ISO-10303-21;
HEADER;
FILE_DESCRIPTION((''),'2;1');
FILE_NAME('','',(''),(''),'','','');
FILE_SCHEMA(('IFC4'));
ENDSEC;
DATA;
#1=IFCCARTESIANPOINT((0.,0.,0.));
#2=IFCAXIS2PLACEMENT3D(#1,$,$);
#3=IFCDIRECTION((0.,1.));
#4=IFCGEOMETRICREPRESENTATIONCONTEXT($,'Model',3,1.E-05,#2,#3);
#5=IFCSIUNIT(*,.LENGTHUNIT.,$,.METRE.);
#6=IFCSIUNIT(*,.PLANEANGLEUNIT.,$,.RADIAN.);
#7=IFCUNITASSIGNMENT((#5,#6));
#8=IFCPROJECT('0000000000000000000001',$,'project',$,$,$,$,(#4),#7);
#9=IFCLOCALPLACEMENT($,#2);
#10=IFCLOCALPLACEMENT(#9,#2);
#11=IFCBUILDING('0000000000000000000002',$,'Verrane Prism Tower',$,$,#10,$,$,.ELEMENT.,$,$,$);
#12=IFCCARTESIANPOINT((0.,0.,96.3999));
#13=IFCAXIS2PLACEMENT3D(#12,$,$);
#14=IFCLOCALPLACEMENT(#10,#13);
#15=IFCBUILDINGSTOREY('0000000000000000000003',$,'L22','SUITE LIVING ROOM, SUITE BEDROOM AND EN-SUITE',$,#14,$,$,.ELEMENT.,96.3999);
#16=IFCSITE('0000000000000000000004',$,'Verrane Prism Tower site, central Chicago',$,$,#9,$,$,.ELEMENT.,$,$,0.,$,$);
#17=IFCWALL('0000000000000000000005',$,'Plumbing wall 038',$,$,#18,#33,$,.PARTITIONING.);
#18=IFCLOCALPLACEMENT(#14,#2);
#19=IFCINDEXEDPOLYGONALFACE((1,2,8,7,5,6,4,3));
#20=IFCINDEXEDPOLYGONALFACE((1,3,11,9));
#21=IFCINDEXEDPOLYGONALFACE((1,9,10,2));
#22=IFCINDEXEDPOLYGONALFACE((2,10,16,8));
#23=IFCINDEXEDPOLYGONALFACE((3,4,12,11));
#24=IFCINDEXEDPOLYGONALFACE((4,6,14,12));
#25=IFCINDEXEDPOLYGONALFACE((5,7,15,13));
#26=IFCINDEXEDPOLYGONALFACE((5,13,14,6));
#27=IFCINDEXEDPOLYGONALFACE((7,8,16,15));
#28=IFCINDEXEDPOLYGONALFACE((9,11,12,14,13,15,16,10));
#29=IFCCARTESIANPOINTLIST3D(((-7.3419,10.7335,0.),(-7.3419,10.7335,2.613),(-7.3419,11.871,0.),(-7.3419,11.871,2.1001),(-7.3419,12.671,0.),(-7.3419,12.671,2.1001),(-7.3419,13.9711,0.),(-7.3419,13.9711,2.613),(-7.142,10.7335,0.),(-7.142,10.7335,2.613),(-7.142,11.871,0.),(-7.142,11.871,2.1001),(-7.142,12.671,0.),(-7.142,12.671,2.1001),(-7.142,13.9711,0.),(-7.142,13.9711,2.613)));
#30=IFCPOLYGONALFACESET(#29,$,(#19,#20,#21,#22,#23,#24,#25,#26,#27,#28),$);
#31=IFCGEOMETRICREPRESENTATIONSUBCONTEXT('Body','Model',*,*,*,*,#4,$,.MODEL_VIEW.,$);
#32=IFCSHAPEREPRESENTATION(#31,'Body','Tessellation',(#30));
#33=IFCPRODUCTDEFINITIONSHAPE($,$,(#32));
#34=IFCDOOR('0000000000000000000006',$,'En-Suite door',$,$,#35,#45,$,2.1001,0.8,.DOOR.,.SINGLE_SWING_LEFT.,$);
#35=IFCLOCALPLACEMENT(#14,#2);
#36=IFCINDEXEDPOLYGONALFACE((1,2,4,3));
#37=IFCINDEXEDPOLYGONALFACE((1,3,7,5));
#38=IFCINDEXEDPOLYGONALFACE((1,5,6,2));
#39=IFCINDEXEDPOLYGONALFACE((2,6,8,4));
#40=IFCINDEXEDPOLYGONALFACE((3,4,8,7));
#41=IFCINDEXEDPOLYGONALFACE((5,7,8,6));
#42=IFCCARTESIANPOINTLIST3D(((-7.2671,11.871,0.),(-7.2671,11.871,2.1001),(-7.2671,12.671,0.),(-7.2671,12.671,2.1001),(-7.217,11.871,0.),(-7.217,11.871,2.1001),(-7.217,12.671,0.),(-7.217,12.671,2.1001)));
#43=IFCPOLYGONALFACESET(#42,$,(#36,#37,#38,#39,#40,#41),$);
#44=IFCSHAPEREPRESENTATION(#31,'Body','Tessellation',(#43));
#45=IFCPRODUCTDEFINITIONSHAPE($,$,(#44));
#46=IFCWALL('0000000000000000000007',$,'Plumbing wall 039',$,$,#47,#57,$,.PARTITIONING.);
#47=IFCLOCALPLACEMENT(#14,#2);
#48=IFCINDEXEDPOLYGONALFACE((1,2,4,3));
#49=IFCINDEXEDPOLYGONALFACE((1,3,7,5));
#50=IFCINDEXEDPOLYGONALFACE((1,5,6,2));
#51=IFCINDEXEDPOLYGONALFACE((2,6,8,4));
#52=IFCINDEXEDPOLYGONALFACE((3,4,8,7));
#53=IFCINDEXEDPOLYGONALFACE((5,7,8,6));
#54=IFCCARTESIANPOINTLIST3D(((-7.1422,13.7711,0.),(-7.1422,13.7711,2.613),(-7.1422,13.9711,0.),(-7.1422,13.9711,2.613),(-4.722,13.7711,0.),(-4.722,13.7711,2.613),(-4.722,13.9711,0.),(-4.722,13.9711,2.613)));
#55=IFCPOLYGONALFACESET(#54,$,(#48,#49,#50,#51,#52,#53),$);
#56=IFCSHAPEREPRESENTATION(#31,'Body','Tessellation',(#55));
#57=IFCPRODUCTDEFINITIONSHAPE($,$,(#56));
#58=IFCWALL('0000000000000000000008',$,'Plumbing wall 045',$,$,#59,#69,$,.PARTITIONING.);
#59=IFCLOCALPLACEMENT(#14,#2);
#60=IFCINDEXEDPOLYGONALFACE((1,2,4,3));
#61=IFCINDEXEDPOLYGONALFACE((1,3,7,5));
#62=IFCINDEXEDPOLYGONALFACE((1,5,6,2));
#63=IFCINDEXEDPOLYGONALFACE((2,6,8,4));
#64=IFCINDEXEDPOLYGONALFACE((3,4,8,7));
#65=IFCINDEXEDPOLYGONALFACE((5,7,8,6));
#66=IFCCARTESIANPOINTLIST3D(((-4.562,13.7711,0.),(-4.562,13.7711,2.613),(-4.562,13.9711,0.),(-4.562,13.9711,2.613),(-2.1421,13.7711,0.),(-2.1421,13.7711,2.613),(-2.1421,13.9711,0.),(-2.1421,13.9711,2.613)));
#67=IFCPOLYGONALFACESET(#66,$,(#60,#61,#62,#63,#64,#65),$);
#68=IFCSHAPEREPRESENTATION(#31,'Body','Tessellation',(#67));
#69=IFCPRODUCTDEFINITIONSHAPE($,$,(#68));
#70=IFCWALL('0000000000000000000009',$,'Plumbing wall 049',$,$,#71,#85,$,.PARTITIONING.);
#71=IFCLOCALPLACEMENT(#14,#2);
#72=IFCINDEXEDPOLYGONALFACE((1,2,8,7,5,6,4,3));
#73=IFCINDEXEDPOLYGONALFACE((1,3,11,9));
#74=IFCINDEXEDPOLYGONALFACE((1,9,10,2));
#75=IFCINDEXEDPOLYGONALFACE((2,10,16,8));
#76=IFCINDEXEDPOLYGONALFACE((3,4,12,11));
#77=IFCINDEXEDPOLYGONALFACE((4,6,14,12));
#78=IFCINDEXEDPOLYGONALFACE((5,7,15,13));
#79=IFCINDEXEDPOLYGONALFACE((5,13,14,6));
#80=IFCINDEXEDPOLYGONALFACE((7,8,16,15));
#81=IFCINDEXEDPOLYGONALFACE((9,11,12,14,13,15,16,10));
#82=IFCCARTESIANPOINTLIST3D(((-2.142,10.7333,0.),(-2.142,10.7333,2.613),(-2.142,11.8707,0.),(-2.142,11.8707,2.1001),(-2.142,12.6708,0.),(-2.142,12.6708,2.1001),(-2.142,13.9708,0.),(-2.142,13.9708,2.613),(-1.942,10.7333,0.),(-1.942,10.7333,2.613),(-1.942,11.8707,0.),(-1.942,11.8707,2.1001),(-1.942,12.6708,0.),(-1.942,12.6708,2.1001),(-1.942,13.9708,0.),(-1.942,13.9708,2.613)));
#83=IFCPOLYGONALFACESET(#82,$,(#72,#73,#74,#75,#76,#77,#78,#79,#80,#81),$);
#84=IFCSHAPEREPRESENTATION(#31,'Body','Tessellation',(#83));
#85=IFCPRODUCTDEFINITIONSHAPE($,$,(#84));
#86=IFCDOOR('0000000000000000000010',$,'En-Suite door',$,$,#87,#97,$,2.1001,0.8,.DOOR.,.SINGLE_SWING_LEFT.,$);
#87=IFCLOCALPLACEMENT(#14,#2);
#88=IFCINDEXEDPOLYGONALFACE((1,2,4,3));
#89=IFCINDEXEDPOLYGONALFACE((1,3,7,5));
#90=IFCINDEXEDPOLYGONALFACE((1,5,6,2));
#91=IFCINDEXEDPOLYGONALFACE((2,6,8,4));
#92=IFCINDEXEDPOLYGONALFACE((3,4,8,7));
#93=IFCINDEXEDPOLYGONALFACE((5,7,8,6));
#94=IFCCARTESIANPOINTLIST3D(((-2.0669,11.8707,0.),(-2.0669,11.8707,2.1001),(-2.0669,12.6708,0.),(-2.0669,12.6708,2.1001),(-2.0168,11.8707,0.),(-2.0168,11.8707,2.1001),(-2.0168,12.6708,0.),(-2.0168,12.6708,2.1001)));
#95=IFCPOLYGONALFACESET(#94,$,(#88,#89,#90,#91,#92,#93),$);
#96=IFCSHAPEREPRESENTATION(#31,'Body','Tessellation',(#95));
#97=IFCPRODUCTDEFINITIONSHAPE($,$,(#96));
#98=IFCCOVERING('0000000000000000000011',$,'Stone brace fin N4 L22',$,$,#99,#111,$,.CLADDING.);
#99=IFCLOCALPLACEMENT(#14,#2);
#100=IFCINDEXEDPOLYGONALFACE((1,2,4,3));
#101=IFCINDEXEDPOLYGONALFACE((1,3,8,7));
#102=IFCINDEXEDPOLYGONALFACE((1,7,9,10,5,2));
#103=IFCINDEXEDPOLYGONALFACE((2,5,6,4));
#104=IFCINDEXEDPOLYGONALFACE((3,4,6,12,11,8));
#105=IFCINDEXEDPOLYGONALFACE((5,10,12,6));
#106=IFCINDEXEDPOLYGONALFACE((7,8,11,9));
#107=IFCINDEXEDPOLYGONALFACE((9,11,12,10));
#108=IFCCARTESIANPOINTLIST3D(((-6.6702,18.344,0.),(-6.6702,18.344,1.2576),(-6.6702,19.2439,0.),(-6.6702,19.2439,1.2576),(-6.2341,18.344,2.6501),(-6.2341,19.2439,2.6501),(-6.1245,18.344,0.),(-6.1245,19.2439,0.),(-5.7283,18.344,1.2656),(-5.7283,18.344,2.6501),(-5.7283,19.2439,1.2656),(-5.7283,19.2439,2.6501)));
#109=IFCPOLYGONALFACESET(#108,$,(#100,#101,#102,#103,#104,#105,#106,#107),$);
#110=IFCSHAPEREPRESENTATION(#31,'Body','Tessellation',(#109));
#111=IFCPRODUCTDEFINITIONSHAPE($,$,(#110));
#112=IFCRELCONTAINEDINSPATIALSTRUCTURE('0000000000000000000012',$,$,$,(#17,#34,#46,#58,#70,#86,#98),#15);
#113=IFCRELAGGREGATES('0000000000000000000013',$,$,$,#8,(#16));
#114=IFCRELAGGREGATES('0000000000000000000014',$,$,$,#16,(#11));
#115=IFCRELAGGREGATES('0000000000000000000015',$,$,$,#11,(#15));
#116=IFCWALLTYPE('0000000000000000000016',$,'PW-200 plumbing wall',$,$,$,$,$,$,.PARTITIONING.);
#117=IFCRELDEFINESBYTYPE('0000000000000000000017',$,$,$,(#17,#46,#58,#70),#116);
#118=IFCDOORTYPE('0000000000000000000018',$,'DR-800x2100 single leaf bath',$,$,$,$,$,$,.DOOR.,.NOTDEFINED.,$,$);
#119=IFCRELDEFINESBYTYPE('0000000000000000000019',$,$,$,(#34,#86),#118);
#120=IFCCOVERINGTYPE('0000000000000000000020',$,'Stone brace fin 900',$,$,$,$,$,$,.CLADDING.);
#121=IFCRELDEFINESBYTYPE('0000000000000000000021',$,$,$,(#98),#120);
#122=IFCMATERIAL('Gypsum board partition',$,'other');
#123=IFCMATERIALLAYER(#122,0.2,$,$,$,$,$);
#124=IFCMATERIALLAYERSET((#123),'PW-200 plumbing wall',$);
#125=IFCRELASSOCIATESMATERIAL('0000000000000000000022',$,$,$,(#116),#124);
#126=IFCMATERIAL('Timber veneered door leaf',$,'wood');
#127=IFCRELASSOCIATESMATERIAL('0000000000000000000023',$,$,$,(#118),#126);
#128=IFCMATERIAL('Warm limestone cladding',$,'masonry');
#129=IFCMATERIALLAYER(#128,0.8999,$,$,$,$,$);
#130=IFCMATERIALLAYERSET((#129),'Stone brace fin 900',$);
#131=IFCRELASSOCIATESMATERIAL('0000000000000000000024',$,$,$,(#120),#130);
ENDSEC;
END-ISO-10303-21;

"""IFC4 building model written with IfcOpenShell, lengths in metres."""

from ifc_helpers import new_model, si_unit, direction, frame, frame_2d, origin, place, context, subcontext, project, spatial, polyline, rectangle, outline, extrude, material, layer, layer_set, type_object, element, fill, save


model = new_model("IFC4")

# Units and contexts
model_context = context("Model", 3, precision=1e-05, world=origin(), true_north=direction((0.0, 1.0)))
body_context = subcontext(model_context, "Body", "Model", "MODEL_VIEW")
ifc_project = project(units=[si_unit("LENGTHUNIT", "METRE"), si_unit("PLANEANGLEUNIT", "RADIAN")], contexts=[model_context])

# Site, building, storey
site_placement = place(None, origin())
site = spatial("IfcSite", under=ifc_project, at=site_placement, Name="Verrane Prism Tower site, central Chicago", CompositionType="ELEMENT", RefElevation=0.0)
building_placement = place(site_placement, origin())
building = spatial("IfcBuilding", under=site, at=building_placement, Name="Verrane Prism Tower", CompositionType="ELEMENT")
storey_placement = place(building_placement, frame((0.0, 0.0, 96.3999)))
storey = spatial("IfcBuildingStorey", under=building, at=storey_placement, Name="L22", Description="SUITE LIVING ROOM, SUITE BEDROOM AND EN-SUITE", CompositionType="ELEMENT", Elevation=96.3999)

# Wall, opening, door
ifc_material_1 = material(Name="Gypsum board partition", Category="other")
ifc_layer_1 = layer(ifc_material_1, 0.2)
ifc_layer_set_1 = layer_set([ifc_layer_1], Name="PW-200 plumbing wall")
wall_type_1 = type_object("IfcWallType", Name="PW-200 plumbing wall", PredefinedType="PARTITIONING", material=ifc_layer_set_1)
wall_1_placement = place(storey_placement, frame((-7.2419, 13.9709, 0.0), z_axis=(0.0, 0.0, 1.0), x_axis=(0.0, -1.0, 0.0)))
wall_1 = element("IfcWall", 1, at=wall_1_placement, inside=storey, type_object=wall_type_1, Name="Plumbing wall 038", PredefinedType="PARTITIONING", context=body_context, shape_type="SweptSolid", body=[
    extrude(rectangle(XDim=3.2375, YDim=0.2, at=frame_2d((1.6187, 0.0))), origin(), (0.0, 0.0, 1.0), 2.613),
])
opening_1_placement = place(wall_1_placement, frame((1.3, 0.0, 0.0)))
opening_1 = element("IfcOpeningElement", 2, at=opening_1_placement, cuts=wall_1, PredefinedType="OPENING", context=body_context, shape_type="SweptSolid", body=[
    extrude(rectangle(XDim=0.8, YDim=2.1001, at=frame_2d((0.3999, 1.05))), frame((0.0, 0.1099, 0.0), z_axis=(0.0, -1.0, 0.0), x_axis=(1.0, 0.0, 0.0)), (0.0, 0.0, 1.0), 0.22),
])
ifc_material_2 = material(Name="Timber veneered door leaf", Category="wood")
door_type_1 = type_object("IfcDoorType", Name="DR-800x2100 single leaf bath", OperationType="NOTDEFINED", PredefinedType="DOOR", material=ifc_material_2)
door_1_placement = place(opening_1_placement, origin())
door_1 = element("IfcDoor", 3, at=door_1_placement, inside=storey, type_object=door_type_1, Name="En-Suite door", OperationType="SINGLE_SWING_LEFT", OverallHeight=2.1001, OverallWidth=0.8, PredefinedType="DOOR", context=body_context, shape_type="SweptSolid", body=[
    extrude(rectangle(XDim=0.8, YDim=2.1001, at=frame_2d((0.3999, 1.05))), frame((0.0, 0.0249, 0.0), z_axis=(0.0, -1.0, 0.0), x_axis=(1.0, 0.0, 0.0)), (0.0, 0.0, 1.0), 0.05),
])
fill(opening_1, door_1)

# Walls
wall_2_placement = place(storey_placement, frame((-7.1421, 13.8711, 0.0), z_axis=(0.0, 0.0, 1.0), x_axis=(1.0, 0.0, 0.0)))
element("IfcWall", 4, at=wall_2_placement, inside=storey, type_object=wall_type_1, Name="Plumbing wall 039", PredefinedType="PARTITIONING", context=body_context, shape_type="SweptSolid", body=[
    extrude(rectangle(XDim=2.4202, YDim=0.2, at=frame_2d((1.21, 0.0))), origin(), (0.0, 0.0, 1.0), 2.613),
])
wall_3_placement = place(storey_placement, frame((-4.562, 13.8711, 0.0), z_axis=(0.0, 0.0, 1.0), x_axis=(1.0, 0.0, 0.0)))
element("IfcWall", 5, at=wall_3_placement, inside=storey, type_object=wall_type_1, Name="Plumbing wall 045", PredefinedType="PARTITIONING", context=body_context, shape_type="SweptSolid", body=[
    extrude(rectangle(XDim=2.4199, YDim=0.2, at=frame_2d((1.21, 0.0))), origin(), (0.0, 0.0, 1.0), 2.613),
])

# Wall, opening, door
wall_4_placement = place(storey_placement, frame((-2.042, 10.7334, 0.0), z_axis=(0.0, 0.0, 1.0), x_axis=(0.0, 1.0, 0.0)))
wall_4 = element("IfcWall", 6, at=wall_4_placement, inside=storey, type_object=wall_type_1, Name="Plumbing wall 049", PredefinedType="PARTITIONING", context=body_context, shape_type="SweptSolid", body=[
    extrude(rectangle(XDim=3.2375, YDim=0.2, at=frame_2d((1.6187, 0.0))), origin(), (0.0, 0.0, 1.0), 2.613),
])
opening_2_placement = place(wall_4_placement, frame((1.1375, 0.0, 0.0)))
opening_2 = element("IfcOpeningElement", 7, at=opening_2_placement, cuts=wall_4, PredefinedType="OPENING", context=body_context, shape_type="SweptSolid", body=[
    extrude(rectangle(XDim=0.8, YDim=2.1001, at=frame_2d((0.3999, 1.05))), frame((0.0, 0.1099, 0.0), z_axis=(0.0, -1.0, 0.0), x_axis=(1.0, 0.0, 0.0)), (0.0, 0.0, 1.0), 0.22),
])
door_2_placement = place(opening_2_placement, origin())
door_2 = element("IfcDoor", 8, at=door_2_placement, inside=storey, type_object=door_type_1, Name="En-Suite door", OperationType="SINGLE_SWING_LEFT", OverallHeight=2.1001, OverallWidth=0.8, PredefinedType="DOOR", context=body_context, shape_type="SweptSolid", body=[
    extrude(rectangle(XDim=0.8, YDim=2.1001, at=frame_2d((0.3999, 1.05))), frame((0.0, 0.0249, 0.0), z_axis=(0.0, -1.0, 0.0), x_axis=(1.0, 0.0, 0.0)), (0.0, 0.0, 1.0), 0.05),
])
fill(opening_2, door_2)

# Covering
ifc_material_3 = material(Name="Warm limestone cladding", Category="masonry")
ifc_layer_2 = layer(ifc_material_3, 0.8999)
ifc_layer_set_2 = layer_set([ifc_layer_2], Name="Stone brace fin 900")
covering_type = type_object("IfcCoveringType", Name="Stone brace fin 900", PredefinedType="CLADDING", material=ifc_layer_set_2)
covering_placement = place(storey_placement, frame((-6.6702, 18.7939, 0.0), z_axis=(0.0, 0.0, 1.0), x_axis=(1.0, 0.0, 0.0)))
element("IfcCovering", 9, at=covering_placement, inside=storey, type_object=covering_type, Name="Stone brace fin N4 L22", PredefinedType="CLADDING", context=body_context, shape_type="SweptSolid", body=[
    extrude(outline(polyline([(0.9419, 2.6501), (0.436, 2.6501), (0.0, 1.2576), (0.0, 0.0), (0.5457, 0.0), (0.9419, 1.2656), (0.9419, 2.6501)])), frame((0.0, 0.45, 0.0), z_axis=(0.0, -1.0, 0.0), x_axis=(1.0, 0.0, 0.0)), (0.0, 0.0, 1.0), 0.8999),
])

save(model, "model.ifc")
